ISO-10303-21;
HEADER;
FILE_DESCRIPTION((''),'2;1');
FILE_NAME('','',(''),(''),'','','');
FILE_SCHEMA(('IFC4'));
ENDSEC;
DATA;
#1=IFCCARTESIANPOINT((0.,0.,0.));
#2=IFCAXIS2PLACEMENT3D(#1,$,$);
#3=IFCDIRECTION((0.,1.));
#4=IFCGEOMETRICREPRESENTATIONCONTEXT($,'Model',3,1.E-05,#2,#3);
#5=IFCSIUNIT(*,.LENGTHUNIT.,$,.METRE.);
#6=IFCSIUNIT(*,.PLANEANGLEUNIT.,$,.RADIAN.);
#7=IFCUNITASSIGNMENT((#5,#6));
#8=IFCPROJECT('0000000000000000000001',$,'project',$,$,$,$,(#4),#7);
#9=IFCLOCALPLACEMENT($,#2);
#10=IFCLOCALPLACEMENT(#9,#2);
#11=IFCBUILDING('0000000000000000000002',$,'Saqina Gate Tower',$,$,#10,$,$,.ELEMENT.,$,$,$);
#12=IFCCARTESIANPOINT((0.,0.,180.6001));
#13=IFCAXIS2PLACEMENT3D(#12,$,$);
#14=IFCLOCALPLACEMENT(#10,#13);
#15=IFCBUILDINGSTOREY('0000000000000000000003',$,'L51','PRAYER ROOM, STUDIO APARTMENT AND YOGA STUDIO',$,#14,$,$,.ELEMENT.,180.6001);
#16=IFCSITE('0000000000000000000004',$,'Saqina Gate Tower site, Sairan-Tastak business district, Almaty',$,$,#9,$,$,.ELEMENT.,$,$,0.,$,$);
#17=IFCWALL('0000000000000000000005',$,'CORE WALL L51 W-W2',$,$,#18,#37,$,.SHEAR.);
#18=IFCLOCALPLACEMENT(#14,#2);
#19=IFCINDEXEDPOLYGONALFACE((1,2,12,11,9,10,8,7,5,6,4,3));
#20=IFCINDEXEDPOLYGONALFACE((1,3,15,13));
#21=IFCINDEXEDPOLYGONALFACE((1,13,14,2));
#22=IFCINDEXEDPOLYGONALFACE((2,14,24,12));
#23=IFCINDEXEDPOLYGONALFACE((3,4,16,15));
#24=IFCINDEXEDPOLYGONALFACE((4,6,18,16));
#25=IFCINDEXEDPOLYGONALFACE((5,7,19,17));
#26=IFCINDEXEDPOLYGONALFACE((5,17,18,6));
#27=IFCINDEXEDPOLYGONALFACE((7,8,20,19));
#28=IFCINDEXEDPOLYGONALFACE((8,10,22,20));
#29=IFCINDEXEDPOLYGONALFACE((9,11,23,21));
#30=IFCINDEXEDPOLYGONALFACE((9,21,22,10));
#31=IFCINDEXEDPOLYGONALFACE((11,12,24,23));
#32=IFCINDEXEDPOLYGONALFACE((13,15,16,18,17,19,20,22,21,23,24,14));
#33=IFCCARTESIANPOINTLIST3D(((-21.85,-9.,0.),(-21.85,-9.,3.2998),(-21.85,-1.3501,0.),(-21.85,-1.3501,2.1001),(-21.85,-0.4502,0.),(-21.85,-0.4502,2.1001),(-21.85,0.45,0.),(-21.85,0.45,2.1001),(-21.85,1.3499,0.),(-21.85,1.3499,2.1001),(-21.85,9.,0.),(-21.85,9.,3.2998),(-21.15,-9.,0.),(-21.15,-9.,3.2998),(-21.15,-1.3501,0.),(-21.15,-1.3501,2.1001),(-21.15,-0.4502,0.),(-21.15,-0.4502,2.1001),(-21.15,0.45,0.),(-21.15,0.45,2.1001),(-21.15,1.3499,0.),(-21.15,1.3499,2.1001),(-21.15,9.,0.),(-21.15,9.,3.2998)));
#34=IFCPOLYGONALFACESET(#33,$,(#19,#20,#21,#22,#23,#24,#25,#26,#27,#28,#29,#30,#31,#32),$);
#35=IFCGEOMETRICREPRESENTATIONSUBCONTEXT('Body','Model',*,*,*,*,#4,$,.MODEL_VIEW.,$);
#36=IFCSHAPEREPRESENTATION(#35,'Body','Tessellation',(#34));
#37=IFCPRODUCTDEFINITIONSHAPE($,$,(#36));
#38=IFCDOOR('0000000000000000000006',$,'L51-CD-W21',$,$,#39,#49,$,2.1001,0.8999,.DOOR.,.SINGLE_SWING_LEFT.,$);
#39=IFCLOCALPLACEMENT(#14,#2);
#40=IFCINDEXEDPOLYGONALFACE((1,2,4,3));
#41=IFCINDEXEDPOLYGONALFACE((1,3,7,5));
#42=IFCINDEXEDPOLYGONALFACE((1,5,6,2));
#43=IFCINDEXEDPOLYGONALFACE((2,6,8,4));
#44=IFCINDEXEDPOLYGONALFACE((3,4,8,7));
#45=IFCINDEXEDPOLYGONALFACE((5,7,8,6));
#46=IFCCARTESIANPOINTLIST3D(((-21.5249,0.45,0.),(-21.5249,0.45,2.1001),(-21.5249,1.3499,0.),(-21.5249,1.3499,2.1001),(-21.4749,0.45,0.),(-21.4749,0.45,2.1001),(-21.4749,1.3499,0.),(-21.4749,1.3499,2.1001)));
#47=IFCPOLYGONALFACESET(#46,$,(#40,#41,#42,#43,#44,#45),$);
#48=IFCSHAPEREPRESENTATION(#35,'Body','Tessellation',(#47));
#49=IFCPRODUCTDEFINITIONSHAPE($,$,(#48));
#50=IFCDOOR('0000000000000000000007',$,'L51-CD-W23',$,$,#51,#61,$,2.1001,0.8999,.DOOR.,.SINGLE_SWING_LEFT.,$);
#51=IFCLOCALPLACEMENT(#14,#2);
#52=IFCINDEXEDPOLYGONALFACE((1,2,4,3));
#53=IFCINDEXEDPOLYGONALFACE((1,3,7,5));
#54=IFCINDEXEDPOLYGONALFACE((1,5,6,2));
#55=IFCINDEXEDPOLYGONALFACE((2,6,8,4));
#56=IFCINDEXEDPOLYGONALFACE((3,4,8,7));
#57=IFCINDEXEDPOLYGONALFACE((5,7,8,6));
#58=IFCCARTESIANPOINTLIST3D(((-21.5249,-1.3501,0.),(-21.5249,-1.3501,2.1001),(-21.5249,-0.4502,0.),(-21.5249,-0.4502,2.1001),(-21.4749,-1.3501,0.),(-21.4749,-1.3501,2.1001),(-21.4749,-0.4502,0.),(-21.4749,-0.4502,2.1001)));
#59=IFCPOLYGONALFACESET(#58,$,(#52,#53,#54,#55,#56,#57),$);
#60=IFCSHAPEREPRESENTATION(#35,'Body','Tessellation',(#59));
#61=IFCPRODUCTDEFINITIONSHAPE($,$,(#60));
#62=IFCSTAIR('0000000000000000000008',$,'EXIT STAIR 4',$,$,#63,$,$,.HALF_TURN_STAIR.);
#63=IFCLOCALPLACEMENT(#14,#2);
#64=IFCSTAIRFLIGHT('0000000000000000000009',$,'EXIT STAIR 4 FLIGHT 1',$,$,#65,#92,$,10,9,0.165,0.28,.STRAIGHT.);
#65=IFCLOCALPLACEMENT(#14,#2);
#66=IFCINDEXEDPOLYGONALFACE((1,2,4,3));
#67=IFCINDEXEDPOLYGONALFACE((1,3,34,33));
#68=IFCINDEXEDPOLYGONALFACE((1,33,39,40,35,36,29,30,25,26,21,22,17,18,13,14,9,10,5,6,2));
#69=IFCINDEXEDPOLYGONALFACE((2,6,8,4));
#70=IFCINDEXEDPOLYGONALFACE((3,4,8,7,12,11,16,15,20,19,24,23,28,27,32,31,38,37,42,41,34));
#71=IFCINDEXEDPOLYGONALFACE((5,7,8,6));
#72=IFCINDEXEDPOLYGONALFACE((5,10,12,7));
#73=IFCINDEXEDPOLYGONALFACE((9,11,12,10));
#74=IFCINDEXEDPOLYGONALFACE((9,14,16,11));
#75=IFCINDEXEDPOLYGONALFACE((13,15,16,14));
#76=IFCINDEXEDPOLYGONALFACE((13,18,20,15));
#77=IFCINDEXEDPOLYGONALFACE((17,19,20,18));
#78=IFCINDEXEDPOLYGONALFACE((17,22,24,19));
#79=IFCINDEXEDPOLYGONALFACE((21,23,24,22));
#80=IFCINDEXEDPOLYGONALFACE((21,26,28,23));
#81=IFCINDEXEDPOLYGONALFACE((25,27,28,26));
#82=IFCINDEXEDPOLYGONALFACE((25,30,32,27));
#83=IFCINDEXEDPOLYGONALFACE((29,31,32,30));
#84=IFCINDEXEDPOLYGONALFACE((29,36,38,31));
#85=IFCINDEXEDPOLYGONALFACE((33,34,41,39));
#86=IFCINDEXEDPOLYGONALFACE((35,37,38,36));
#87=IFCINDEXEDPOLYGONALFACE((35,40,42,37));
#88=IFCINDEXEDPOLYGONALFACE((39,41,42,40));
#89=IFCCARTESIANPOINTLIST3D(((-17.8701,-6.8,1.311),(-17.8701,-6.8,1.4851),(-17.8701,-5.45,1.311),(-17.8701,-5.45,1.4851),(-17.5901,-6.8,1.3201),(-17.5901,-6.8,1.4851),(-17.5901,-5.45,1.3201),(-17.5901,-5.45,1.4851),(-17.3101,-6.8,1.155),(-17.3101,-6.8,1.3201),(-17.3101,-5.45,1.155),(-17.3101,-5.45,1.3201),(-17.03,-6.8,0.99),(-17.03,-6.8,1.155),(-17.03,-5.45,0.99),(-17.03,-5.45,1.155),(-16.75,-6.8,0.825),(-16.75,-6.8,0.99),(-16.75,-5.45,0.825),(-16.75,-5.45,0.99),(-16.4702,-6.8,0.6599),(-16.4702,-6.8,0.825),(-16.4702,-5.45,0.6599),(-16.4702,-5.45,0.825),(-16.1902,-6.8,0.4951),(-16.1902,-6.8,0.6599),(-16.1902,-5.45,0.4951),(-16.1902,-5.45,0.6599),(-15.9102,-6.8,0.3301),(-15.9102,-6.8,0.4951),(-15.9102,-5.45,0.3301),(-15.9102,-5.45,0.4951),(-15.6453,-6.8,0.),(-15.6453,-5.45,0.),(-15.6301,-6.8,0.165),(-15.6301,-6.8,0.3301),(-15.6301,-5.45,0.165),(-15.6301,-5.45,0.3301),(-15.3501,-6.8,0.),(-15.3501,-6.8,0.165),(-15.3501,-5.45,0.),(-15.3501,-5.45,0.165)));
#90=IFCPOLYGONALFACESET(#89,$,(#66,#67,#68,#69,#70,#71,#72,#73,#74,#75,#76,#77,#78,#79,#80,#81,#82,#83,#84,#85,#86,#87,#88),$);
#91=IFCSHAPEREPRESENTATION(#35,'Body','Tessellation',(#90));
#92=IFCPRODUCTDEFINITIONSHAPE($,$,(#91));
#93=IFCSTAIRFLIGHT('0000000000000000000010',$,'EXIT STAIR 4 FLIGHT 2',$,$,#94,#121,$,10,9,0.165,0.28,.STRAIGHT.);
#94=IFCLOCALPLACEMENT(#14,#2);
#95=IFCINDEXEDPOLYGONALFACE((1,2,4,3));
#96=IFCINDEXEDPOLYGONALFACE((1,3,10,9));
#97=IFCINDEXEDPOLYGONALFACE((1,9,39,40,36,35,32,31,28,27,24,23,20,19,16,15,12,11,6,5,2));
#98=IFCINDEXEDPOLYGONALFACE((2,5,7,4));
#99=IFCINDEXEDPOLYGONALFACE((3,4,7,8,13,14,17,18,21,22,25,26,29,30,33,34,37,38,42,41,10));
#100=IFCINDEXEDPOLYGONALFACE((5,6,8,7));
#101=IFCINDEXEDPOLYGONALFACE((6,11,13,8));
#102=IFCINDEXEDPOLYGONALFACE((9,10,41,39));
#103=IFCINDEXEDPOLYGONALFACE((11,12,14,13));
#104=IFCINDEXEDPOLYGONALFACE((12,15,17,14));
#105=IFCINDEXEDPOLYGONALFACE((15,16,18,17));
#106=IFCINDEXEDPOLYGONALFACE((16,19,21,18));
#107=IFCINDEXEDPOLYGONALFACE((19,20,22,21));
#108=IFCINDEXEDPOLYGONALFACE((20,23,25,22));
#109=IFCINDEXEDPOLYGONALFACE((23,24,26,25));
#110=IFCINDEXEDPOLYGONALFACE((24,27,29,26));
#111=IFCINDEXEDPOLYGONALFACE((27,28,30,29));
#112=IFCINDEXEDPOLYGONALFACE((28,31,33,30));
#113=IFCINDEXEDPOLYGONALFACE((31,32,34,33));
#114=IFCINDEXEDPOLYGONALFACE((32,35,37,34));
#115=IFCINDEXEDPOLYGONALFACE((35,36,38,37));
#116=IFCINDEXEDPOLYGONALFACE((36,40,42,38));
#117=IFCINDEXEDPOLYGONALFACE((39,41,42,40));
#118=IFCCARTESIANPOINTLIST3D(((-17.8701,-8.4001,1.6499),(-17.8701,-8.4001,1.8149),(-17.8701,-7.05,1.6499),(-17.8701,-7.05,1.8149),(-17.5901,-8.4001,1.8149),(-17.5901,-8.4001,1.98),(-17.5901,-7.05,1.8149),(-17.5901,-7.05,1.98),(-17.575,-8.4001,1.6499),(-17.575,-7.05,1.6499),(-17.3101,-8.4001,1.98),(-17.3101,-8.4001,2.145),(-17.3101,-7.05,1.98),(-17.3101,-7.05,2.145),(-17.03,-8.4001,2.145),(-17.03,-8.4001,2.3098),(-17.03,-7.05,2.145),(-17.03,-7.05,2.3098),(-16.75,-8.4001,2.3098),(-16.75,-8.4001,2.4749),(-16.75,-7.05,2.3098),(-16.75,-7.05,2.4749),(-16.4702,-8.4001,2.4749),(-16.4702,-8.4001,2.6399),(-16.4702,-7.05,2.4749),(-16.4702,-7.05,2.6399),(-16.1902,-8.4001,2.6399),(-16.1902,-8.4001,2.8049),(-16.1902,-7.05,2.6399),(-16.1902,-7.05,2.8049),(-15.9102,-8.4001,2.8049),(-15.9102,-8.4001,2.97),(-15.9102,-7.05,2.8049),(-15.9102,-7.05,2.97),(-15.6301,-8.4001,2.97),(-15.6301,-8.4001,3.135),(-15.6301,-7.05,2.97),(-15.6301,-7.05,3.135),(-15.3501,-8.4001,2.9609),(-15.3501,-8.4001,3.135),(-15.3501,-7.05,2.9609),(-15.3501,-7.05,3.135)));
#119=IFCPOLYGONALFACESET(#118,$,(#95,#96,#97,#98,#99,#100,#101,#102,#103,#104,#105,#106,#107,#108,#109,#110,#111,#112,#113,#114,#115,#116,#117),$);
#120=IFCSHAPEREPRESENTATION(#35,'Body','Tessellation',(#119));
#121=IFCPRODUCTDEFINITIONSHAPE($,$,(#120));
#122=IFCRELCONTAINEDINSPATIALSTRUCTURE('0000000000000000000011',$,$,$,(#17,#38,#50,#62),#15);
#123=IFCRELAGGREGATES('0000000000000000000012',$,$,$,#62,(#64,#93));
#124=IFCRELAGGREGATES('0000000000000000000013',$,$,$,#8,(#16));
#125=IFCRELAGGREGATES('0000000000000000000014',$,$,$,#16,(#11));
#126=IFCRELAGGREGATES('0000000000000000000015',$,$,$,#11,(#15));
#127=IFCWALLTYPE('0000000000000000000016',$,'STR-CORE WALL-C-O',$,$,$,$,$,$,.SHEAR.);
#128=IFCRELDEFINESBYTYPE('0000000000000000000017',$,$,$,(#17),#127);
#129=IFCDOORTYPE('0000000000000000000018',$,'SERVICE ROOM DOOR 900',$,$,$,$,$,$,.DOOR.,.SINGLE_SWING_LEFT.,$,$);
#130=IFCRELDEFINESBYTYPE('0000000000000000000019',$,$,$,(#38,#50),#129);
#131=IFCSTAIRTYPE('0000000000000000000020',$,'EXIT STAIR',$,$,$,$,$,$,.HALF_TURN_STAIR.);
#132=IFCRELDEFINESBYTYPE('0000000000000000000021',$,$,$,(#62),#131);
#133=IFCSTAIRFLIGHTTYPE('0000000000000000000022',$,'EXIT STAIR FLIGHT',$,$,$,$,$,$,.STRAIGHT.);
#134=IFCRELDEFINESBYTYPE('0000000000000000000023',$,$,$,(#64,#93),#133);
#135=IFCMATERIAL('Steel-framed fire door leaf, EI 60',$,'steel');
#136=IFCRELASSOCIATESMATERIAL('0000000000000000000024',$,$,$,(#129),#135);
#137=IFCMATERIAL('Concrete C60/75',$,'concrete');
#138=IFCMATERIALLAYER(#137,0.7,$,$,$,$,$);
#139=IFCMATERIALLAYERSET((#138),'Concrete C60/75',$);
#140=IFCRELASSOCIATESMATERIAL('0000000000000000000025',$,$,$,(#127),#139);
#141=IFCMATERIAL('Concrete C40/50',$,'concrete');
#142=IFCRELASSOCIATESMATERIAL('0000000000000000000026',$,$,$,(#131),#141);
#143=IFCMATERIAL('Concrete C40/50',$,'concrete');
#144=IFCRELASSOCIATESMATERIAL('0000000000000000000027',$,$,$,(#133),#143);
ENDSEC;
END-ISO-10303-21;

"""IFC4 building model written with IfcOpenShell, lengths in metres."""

from ifc_helpers import new_model, si_unit, direction, frame, frame_2d, origin, place, context, subcontext, project, spatial, polyline, rectangle, outline, extrude, material, layer, layer_set, type_object, element, fill, aggregate, save


model = new_model("IFC4")

# Units and contexts
model_context = context("Model", 3, precision=1e-05, world=origin(), true_north=direction((0.0, 1.0)))
body_context = subcontext(model_context, "Body", "Model", "MODEL_VIEW")
ifc_project = project(units=[si_unit("LENGTHUNIT", "METRE"), si_unit("PLANEANGLEUNIT", "RADIAN")], contexts=[model_context])

# Site, building, storey
site_placement = place(None, origin())
site = spatial("IfcSite", under=ifc_project, at=site_placement, Name="Saqina Gate Tower site, Sairan-Tastak business district, Almaty", CompositionType="ELEMENT", RefElevation=0.0)
building_placement = place(site_placement, origin())
building = spatial("IfcBuilding", under=site, at=building_placement, Name="Saqina Gate Tower", CompositionType="ELEMENT")
storey_placement = place(building_placement, frame((0.0, 0.0, 180.6001)))
storey = spatial("IfcBuildingStorey", under=building, at=storey_placement, Name="L51", Description="PRAYER ROOM, STUDIO APARTMENT AND YOGA STUDIO", CompositionType="ELEMENT", Elevation=180.6001)

# Shared definitions
ifc_material_1 = material(Name="Steel-framed fire door leaf, EI 60", Category="steel")
door_type_1 = type_object("IfcDoorType", Name="SERVICE ROOM DOOR 900", OperationType="SINGLE_SWING_LEFT", PredefinedType="DOOR", material=ifc_material_1)

# Wall, openings, doors
ifc_material_2 = material(Name="Concrete C60/75", Category="concrete")
ifc_layer_1 = layer(ifc_material_2, 0.7)
ifc_layer_set_1 = layer_set([ifc_layer_1], Name="Concrete C60/75")
wall_type_1 = type_object("IfcWallType", Name="STR-CORE WALL-C-O", PredefinedType="SHEAR", material=ifc_layer_set_1)
wall_1_placement = place(storey_placement, frame((-21.5, -9.0, 0.0), z_axis=(0.0, 0.0, 1.0), x_axis=(0.0, 1.0, 0.0)))
wall_1 = element("IfcWall", 1, at=wall_1_placement, inside=storey, type_object=wall_type_1, Name="CORE WALL L51 W-W2", PredefinedType="SHEAR", context=body_context, shape_type="SweptSolid", body=[
    extrude(rectangle(XDim=18.0, YDim=0.7, at=frame_2d((9.0, 0.0))), origin(), (0.0, 0.0, 1.0), 3.2998),
])
opening_1_placement = place(wall_1_placement, frame((9.45, 0.0, 0.0)))
opening_1 = element("IfcOpeningElement", 2, at=opening_1_placement, cuts=wall_1, PredefinedType="OPENING", context=body_context, shape_type="SweptSolid", body=[
    extrude(rectangle(XDim=0.8999, YDim=2.1001, at=frame_2d((0.45, 1.05))), frame((0.0, 0.3621, 0.0), z_axis=(0.0, -1.0, 0.0), x_axis=(1.0, 0.0, 0.0)), (0.0, 0.0, 1.0), 0.7239),
])
opening_2_placement = place(wall_1_placement, frame((7.6499, 0.0, 0.0)))
opening_2 = element("IfcOpeningElement", 3, at=opening_2_placement, cuts=wall_1, PredefinedType="OPENING", context=body_context, shape_type="SweptSolid", body=[
    extrude(rectangle(XDim=0.8999, YDim=2.1001, at=frame_2d((0.45, 1.05))), frame((0.0, 0.3621, 0.0), z_axis=(0.0, -1.0, 0.0), x_axis=(1.0, 0.0, 0.0)), (0.0, 0.0, 1.0), 0.7239),
])
door_1_placement = place(opening_1_placement, origin())
door_1 = element("IfcDoor", 4, at=door_1_placement, inside=storey, type_object=door_type_1, Name="L51-CD-W21", OperationType="SINGLE_SWING_LEFT", OverallHeight=2.1001, OverallWidth=0.8999, PredefinedType="DOOR", context=body_context, shape_type="SweptSolid", body=[
    extrude(rectangle(XDim=0.8999, YDim=2.1001, at=frame_2d((0.45, 1.05))), frame((0.0, 0.0249, 0.0), z_axis=(0.0, -1.0, 0.0), x_axis=(1.0, 0.0, 0.0)), (0.0, 0.0, 1.0), 0.05),
])
fill(opening_1, door_1)
door_2_placement = place(opening_2_placement, origin())
door_2 = element("IfcDoor", 5, at=door_2_placement, inside=storey, type_object=door_type_1, Name="L51-CD-W23", OperationType="SINGLE_SWING_LEFT", OverallHeight=2.1001, OverallWidth=0.8999, PredefinedType="DOOR", context=body_context, shape_type="SweptSolid", body=[
    extrude(rectangle(XDim=0.8999, YDim=2.1001, at=frame_2d((0.45, 1.05))), frame((0.0, 0.0249, 0.0), z_axis=(0.0, -1.0, 0.0), x_axis=(1.0, 0.0, 0.0)), (0.0, 0.0, 1.0), 0.05),
])
fill(opening_2, door_2)

# Stair, stair flights
ifc_material_3 = material(Name="Concrete C40/50", Category="concrete")
stair_type = type_object("IfcStairType", Name="EXIT STAIR", PredefinedType="HALF_TURN_STAIR", material=ifc_material_3)
stair_placement = place(storey_placement, origin())
stair = element("IfcStair", 6, at=stair_placement, inside=storey, type_object=stair_type, Name="EXIT STAIR 4", PredefinedType="HALF_TURN_STAIR")
ifc_material_4 = material(Name="Concrete C40/50", Category="concrete")
stair_flight_type = type_object("IfcStairFlightType", Name="EXIT STAIR FLIGHT", PredefinedType="STRAIGHT", material=ifc_material_4)
stair_flight_1_placement = place(storey_placement, frame((-15.3501, -6.125, 0.0), z_axis=(0.0, 0.0, 1.0), x_axis=(-1.0, 0.0, 0.0)))
stair_flight_1 = element("IfcStairFlight", 7, at=stair_flight_1_placement, type_object=stair_flight_type, Name="EXIT STAIR 4 FLIGHT 1", NumberOfRisers=10, NumberOfTreads=9, PredefinedType="STRAIGHT", RiserHeight=0.165, TreadLength=0.28, context=body_context, shape_type="SweptSolid", body=[
    extrude(outline(polyline([(0.0, 0.0), (0.0, 0.165), (0.28, 0.165), (0.28, 0.3301), (0.5601, 0.3301), (0.5601, 0.4951), (0.8401, 0.4951), (0.8401, 0.6599), (1.1201, 0.6599), (1.1201, 0.825), (1.3999, 0.825), (1.3999, 0.99), (1.6799, 0.99), (1.6799, 1.155), (1.96, 1.155), (1.96, 1.3201), (2.24, 1.3201), (2.24, 1.4851), (2.52, 1.4851), (2.52, 1.6499), (2.52, 1.311), (0.2952, 0.0), (0.0, 0.0)])), frame((0.0, 0.675, 0.0), z_axis=(0.0, -1.0, 0.0), x_axis=(1.0, 0.0, 0.0)), (0.0, 0.0, 1.0), 1.3501),
])
stair_flight_2_placement = place(storey_placement, frame((-17.8701, -7.7251, 1.6499), z_axis=(0.0, 0.0, 1.0), x_axis=(1.0, 0.0, 0.0)))
stair_flight_2 = element("IfcStairFlight", 8, at=stair_flight_2_placement, type_object=stair_flight_type, Name="EXIT STAIR 4 FLIGHT 2", NumberOfRisers=10, NumberOfTreads=9, PredefinedType="STRAIGHT", RiserHeight=0.165, TreadLength=0.28, context=body_context, shape_type="SweptSolid", body=[
    extrude(outline(polyline([(0.0, 0.0), (0.0, 0.165), (0.28, 0.165), (0.28, 0.3301), (0.5601, 0.3301), (0.5601, 0.4951), (0.8401, 0.4951), (0.8401, 0.6599), (1.1201, 0.6599), (1.1201, 0.825), (1.3999, 0.825), (1.3999, 0.99), (1.6799, 0.99), (1.6799, 1.155), (1.96, 1.155), (1.96, 1.3201), (2.24, 1.3201), (2.24, 1.4851), (2.52, 1.4851), (2.52, 1.6499), (2.52, 1.311), (0.2952, 0.0), (0.0, 0.0)])), frame((0.0, 0.675, 0.0), z_axis=(0.0, -1.0, 0.0), x_axis=(1.0, 0.0, 0.0)), (0.0, 0.0, 1.0), 1.3501),
])
aggregate(stair, [stair_flight_1, stair_flight_2])

save(model, "model.ifc")
